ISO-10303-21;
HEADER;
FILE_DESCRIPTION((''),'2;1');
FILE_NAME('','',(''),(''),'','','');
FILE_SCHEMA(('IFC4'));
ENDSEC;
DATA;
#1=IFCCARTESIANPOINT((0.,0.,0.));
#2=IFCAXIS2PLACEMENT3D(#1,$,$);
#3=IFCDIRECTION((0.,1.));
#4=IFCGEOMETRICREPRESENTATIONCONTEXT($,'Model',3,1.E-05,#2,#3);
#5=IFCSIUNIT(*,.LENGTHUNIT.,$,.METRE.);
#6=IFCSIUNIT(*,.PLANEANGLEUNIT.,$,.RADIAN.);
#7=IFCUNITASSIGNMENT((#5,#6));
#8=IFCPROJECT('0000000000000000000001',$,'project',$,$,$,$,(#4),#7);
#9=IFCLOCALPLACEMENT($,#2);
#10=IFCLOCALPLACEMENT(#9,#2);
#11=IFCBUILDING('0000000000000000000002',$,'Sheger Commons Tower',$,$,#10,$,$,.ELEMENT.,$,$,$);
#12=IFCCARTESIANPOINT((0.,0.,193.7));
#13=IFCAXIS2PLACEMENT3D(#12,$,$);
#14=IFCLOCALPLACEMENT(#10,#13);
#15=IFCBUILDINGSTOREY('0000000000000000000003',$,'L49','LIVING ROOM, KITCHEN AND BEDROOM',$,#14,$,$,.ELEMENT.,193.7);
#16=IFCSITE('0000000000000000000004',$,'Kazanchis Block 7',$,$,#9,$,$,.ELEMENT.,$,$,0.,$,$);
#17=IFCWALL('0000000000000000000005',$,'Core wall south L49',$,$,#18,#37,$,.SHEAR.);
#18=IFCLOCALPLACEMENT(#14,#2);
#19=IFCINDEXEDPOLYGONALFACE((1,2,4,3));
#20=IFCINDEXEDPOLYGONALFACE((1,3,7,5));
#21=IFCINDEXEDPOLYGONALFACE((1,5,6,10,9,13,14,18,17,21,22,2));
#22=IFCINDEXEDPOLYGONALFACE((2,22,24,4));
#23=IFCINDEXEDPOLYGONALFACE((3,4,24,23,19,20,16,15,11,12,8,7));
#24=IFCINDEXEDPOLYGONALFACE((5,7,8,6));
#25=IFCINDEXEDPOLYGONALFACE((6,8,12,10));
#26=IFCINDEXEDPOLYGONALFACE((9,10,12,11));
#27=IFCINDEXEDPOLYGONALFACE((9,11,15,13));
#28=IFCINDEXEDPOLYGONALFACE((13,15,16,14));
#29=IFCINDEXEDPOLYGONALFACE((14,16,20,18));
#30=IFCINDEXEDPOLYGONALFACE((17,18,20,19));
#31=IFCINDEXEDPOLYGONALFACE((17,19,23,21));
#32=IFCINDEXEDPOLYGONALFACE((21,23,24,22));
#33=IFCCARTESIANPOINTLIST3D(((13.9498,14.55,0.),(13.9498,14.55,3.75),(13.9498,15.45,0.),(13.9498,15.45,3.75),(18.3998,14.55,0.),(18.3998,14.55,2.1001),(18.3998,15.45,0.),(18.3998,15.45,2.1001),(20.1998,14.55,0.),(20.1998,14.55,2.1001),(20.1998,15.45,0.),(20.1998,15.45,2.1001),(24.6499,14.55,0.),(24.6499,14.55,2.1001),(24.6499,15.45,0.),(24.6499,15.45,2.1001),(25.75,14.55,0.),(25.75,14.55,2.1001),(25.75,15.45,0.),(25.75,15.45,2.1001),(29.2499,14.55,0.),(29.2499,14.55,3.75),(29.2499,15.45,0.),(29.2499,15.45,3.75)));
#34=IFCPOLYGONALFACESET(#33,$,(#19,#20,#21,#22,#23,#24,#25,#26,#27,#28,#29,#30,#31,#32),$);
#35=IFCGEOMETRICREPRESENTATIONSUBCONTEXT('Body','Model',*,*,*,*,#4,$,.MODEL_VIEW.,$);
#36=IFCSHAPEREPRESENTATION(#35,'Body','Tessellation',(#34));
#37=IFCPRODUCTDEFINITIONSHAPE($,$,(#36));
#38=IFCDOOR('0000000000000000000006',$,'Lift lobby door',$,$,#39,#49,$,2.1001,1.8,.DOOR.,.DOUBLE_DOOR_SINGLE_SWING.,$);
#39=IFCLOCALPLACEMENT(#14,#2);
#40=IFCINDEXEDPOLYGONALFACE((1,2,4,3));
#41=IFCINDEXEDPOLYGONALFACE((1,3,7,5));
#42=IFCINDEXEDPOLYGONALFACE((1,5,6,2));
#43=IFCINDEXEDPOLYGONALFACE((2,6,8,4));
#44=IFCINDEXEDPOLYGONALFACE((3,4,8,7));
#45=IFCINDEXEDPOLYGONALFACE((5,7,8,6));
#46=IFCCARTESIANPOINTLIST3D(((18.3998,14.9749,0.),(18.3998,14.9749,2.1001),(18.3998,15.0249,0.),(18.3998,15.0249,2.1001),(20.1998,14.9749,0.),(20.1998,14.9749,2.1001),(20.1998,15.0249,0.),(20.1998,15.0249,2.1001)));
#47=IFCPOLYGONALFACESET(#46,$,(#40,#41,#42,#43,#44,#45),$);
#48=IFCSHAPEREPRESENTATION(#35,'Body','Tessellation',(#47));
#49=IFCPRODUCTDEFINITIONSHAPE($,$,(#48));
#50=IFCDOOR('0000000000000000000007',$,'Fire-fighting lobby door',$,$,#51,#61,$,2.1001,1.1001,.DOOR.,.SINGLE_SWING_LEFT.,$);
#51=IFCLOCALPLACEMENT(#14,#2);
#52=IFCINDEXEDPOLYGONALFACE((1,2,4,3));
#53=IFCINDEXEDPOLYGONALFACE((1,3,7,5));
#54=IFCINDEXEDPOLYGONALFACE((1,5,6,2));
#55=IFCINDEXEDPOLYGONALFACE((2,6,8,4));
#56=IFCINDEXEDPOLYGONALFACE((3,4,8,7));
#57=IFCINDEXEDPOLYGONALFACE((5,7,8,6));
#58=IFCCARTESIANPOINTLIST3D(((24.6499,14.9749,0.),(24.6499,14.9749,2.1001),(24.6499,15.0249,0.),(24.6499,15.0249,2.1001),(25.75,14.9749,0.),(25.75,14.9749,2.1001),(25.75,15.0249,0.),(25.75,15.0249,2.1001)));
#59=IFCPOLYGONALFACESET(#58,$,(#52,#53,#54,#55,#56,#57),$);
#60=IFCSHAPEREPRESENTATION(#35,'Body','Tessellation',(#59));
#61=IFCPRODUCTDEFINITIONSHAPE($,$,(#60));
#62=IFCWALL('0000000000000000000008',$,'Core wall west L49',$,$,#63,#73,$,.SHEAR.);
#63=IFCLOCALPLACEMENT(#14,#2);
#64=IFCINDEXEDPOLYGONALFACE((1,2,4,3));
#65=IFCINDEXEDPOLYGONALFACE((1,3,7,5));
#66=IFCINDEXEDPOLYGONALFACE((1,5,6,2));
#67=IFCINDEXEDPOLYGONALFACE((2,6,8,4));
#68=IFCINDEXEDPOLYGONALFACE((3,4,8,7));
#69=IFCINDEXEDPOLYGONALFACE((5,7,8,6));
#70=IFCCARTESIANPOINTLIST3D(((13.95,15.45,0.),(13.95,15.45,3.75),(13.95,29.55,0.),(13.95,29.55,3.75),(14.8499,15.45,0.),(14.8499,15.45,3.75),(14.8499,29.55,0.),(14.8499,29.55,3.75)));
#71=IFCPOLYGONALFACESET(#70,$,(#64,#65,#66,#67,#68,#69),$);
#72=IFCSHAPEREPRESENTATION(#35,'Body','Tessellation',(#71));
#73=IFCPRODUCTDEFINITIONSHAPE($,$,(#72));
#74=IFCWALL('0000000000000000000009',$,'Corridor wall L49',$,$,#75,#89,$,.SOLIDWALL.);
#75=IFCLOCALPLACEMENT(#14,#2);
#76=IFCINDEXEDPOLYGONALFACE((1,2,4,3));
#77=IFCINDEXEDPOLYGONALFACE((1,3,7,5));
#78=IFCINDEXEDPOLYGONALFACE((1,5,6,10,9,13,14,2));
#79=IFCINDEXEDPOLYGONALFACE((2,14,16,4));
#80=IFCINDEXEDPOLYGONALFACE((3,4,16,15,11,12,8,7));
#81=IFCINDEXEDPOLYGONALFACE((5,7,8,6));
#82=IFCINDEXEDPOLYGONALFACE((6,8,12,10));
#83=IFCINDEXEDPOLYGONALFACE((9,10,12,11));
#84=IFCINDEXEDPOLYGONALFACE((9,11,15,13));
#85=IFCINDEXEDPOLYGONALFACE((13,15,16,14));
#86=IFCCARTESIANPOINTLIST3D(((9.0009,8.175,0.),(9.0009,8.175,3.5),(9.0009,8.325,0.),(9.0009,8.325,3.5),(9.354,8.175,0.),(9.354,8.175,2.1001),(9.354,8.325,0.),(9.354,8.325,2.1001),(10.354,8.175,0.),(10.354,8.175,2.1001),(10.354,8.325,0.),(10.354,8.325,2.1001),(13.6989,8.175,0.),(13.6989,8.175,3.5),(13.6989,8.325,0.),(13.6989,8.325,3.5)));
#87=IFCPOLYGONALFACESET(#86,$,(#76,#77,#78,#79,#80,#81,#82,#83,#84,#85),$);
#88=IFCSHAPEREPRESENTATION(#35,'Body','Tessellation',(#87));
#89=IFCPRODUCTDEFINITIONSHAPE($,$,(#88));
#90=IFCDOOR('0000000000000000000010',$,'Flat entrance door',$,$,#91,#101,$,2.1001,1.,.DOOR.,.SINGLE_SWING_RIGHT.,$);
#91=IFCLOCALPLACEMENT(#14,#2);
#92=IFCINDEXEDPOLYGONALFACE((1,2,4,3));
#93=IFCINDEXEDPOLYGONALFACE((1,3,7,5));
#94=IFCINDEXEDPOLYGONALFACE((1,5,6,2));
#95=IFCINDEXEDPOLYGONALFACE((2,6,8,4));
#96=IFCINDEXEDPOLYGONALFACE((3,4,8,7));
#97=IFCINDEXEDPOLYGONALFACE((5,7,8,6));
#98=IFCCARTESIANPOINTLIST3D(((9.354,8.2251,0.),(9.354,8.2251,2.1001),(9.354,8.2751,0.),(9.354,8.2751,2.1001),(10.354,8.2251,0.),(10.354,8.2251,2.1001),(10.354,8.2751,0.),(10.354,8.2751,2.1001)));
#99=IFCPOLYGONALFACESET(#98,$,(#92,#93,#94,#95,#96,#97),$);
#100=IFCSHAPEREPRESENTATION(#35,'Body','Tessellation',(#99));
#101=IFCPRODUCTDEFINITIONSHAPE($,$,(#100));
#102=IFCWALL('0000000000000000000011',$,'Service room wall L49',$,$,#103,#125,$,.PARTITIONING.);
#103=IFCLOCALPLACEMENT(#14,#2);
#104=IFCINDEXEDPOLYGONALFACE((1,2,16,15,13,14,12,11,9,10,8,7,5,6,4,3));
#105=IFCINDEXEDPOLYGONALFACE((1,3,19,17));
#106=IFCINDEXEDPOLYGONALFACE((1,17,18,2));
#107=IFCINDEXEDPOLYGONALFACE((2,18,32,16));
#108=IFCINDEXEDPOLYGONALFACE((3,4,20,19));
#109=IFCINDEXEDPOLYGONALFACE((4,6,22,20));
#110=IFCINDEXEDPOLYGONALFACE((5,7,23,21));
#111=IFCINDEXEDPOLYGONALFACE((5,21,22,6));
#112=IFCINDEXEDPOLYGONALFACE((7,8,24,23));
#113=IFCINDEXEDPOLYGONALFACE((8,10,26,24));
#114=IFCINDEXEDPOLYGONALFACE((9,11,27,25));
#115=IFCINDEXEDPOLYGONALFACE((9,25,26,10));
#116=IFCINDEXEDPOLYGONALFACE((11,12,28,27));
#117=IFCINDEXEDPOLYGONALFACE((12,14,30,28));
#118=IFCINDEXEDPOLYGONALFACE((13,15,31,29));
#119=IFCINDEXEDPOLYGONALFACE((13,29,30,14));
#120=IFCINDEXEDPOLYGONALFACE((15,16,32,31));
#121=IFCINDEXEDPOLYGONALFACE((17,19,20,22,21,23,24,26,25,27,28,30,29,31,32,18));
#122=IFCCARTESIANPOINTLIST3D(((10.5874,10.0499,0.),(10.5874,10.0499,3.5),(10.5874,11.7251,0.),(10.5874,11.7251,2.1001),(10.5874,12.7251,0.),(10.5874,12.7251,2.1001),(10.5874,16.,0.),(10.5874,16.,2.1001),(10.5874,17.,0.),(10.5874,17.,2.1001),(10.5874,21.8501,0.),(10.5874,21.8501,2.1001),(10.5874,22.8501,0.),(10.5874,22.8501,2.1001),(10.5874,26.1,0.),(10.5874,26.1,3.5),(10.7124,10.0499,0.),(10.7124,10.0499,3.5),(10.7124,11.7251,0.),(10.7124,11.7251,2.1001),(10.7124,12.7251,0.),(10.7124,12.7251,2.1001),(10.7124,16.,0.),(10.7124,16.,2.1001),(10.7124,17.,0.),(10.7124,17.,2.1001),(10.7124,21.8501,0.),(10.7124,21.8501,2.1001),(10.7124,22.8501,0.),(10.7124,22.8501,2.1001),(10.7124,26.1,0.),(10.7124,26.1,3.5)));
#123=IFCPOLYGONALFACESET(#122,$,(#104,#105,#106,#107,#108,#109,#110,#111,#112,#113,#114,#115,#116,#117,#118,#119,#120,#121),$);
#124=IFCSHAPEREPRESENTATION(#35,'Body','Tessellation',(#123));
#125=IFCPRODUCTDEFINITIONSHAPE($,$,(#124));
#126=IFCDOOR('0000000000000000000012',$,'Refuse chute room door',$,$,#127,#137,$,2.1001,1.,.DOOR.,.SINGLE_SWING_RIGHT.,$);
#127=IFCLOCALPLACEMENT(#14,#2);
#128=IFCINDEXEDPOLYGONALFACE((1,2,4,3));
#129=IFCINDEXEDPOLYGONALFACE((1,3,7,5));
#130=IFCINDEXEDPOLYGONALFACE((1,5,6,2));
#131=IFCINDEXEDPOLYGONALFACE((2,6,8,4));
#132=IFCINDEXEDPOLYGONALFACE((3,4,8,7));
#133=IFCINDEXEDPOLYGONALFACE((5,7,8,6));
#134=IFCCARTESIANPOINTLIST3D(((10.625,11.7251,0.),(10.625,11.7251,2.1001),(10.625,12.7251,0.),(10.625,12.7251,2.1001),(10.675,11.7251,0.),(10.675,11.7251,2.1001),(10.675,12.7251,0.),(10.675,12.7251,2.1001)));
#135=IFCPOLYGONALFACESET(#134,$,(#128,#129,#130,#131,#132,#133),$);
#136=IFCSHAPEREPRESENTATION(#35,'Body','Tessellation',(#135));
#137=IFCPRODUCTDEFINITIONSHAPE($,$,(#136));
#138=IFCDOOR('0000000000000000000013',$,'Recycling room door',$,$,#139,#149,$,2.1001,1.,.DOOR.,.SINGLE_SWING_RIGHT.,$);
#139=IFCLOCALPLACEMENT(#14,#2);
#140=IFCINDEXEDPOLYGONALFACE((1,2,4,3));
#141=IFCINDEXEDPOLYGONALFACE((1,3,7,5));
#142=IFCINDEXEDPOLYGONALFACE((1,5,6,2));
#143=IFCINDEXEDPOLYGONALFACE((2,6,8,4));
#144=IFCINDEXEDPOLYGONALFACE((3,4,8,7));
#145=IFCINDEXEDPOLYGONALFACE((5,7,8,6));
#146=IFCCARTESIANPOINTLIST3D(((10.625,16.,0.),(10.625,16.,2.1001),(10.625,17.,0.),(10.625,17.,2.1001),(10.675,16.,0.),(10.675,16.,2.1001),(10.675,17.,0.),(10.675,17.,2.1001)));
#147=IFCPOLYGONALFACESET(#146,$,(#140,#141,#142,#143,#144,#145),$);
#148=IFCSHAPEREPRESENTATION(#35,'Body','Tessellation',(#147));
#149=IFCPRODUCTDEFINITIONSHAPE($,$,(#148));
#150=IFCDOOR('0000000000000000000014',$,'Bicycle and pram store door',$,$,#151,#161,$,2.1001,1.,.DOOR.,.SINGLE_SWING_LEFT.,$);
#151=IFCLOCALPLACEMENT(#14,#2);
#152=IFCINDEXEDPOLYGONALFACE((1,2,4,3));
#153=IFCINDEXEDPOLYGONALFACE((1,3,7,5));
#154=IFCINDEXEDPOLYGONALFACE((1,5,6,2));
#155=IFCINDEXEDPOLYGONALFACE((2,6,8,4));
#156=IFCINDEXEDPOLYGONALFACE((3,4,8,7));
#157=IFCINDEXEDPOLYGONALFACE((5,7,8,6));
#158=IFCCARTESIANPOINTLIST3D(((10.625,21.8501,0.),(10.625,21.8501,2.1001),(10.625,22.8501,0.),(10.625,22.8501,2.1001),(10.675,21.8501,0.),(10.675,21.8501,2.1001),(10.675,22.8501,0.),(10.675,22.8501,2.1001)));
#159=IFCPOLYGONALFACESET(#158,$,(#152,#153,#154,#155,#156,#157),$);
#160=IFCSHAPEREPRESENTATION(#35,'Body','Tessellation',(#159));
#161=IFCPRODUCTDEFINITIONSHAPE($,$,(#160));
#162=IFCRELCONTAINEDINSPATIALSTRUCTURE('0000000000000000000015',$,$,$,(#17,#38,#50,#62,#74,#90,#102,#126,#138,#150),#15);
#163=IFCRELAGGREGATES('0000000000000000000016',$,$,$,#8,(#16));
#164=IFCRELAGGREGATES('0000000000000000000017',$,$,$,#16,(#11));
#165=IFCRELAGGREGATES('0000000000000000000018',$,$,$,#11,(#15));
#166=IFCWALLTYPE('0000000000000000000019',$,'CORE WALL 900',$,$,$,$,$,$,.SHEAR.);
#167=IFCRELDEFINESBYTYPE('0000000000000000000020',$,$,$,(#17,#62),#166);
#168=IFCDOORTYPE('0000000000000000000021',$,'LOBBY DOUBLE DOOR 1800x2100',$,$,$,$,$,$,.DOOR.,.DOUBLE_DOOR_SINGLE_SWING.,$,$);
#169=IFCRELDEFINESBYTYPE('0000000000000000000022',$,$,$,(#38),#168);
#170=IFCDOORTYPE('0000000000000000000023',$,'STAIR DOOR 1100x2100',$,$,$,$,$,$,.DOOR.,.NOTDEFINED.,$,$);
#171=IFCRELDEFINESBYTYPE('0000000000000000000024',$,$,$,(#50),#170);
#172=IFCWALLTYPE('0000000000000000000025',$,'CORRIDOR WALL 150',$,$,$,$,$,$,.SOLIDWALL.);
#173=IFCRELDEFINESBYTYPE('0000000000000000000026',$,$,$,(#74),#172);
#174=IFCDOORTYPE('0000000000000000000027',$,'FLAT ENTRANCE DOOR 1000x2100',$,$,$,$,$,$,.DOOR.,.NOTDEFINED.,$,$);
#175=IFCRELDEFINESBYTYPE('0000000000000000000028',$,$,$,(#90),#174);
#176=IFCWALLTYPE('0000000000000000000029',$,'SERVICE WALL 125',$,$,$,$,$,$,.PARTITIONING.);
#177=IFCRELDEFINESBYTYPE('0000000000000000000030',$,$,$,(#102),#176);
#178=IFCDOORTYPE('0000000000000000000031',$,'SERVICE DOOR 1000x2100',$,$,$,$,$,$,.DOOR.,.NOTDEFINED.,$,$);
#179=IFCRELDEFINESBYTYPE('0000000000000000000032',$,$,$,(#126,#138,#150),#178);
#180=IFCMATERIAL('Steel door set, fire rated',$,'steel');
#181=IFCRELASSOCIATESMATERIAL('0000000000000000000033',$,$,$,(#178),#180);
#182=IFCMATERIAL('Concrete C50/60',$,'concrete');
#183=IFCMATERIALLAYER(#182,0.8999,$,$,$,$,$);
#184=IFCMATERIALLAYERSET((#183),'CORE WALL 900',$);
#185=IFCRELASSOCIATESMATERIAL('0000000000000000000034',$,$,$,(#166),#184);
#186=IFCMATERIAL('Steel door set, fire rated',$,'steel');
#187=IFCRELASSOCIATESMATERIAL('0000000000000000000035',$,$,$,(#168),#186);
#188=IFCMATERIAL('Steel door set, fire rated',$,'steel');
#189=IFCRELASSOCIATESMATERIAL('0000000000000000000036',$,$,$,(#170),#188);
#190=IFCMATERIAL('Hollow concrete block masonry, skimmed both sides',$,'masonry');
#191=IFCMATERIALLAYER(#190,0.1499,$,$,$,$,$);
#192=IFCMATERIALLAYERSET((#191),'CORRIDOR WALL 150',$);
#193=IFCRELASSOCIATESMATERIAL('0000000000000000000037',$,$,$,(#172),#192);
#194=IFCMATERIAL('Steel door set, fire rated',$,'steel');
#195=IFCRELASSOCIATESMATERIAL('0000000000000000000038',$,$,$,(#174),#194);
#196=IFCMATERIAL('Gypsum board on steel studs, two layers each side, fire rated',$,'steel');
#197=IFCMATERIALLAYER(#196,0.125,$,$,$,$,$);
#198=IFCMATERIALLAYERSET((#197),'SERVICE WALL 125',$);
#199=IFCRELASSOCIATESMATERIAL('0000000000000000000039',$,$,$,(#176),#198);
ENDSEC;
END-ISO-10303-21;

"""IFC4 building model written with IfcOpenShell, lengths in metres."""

from ifc_helpers import new_model, si_unit, direction, frame, frame_2d, origin, place, context, subcontext, project, spatial, rectangle, extrude, material, layer, layer_set, type_object, element, fill, save


model = new_model("IFC4")

# Units and contexts
model_context = context("Model", 3, precision=1e-05, world=origin(), true_north=direction((0.0, 1.0)))
body_context = subcontext(model_context, "Body", "Model", "MODEL_VIEW")
ifc_project = project(units=[si_unit("LENGTHUNIT", "METRE"), si_unit("PLANEANGLEUNIT", "RADIAN")], contexts=[model_context])

# Site, building, storey
site_placement = place(None, origin())
site = spatial("IfcSite", under=ifc_project, at=site_placement, Name="Kazanchis Block 7", CompositionType="ELEMENT", RefElevation=0.0)
building_placement = place(site_placement, origin())
building = spatial("IfcBuilding", under=site, at=building_placement, Name="Sheger Commons Tower", CompositionType="ELEMENT")
storey_placement = place(building_placement, frame((0.0, 0.0, 193.7)))
storey = spatial("IfcBuildingStorey", under=building, at=storey_placement, Name="L49", Description="LIVING ROOM, KITCHEN AND BEDROOM", CompositionType="ELEMENT", Elevation=193.7)

# Wall, openings, doors
ifc_material_1 = material(Name="Steel door set, fire rated", Category="steel")
door_type_1 = type_object("IfcDoorType", Name="SERVICE DOOR 1000x2100", OperationType="NOTDEFINED", PredefinedType="DOOR", material=ifc_material_1)
ifc_material_2 = material(Name="Concrete C50/60", Category="concrete")
ifc_layer_1 = layer(ifc_material_2, 0.8999)
ifc_layer_set_1 = layer_set([ifc_layer_1], Name="CORE WALL 900")
wall_type_1 = type_object("IfcWallType", Name="CORE WALL 900", PredefinedType="SHEAR", material=ifc_layer_set_1)
wall_1_placement = place(storey_placement, frame((13.95, 15.0, 0.0), z_axis=(0.0, 0.0, 1.0), x_axis=(1.0, 0.0, 0.0)))
wall_1 = element("IfcWall", 1, at=wall_1_placement, inside=storey, type_object=wall_type_1, Name="Core wall south L49", PredefinedType="SHEAR", context=body_context, shape_type="SweptSolid", body=[
    extrude(rectangle(XDim=15.3, YDim=0.8999, at=frame_2d((7.6499, 0.0))), origin(), (0.0, 0.0, 1.0), 3.75),
])
opening_1_placement = place(wall_1_placement, frame((4.45, 0.0, 0.0)))
opening_1 = element("IfcOpeningElement", 2, at=opening_1_placement, cuts=wall_1, PredefinedType="OPENING", context=body_context, shape_type="SweptSolid", body=[
    extrude(rectangle(XDim=1.8, YDim=2.1001, at=frame_2d((0.8999, 1.05))), frame((0.0, 0.46, 0.0), z_axis=(0.0, -1.0, 0.0), x_axis=(1.0, 0.0, 0.0)), (0.0, 0.0, 1.0), 0.9199),
])
opening_2_placement = place(wall_1_placement, frame((10.7, 0.0, 0.0)))
opening_2 = element("IfcOpeningElement", 3, at=opening_2_placement, cuts=wall_1, PredefinedType="OPENING", context=body_context, shape_type="SweptSolid", body=[
    extrude(rectangle(XDim=1.1001, YDim=2.1001, at=frame_2d((0.55, 1.05))), frame((0.0, 0.46, 0.0), z_axis=(0.0, -1.0, 0.0), x_axis=(1.0, 0.0, 0.0)), (0.0, 0.0, 1.0), 0.9199),
])
ifc_material_3 = material(Name="Steel door set, fire rated", Category="steel")
door_type_2 = type_object("IfcDoorType", Name="LOBBY DOUBLE DOOR 1800x2100", OperationType="DOUBLE_DOOR_SINGLE_SWING", PredefinedType="DOOR", material=ifc_material_3)
door_1_placement = place(opening_1_placement, origin())
door_1 = element("IfcDoor", 4, at=door_1_placement, inside=storey, type_object=door_type_2, Name="Lift lobby door", OperationType="DOUBLE_DOOR_SINGLE_SWING", OverallHeight=2.1001, OverallWidth=1.8, PredefinedType="DOOR", context=body_context, shape_type="SweptSolid", body=[
    extrude(rectangle(XDim=1.8, YDim=2.1001, at=frame_2d((0.8999, 1.05))), frame((0.0, 0.0249, 0.0), z_axis=(0.0, -1.0, 0.0), x_axis=(1.0, 0.0, 0.0)), (0.0, 0.0, 1.0), 0.05),
])
fill(opening_1, door_1)
ifc_material_4 = material(Name="Steel door set, fire rated", Category="steel")
door_type_3 = type_object("IfcDoorType", Name="STAIR DOOR 1100x2100", OperationType="NOTDEFINED", PredefinedType="DOOR", material=ifc_material_4)
door_2_placement = place(opening_2_placement, origin())
door_2 = element("IfcDoor", 5, at=door_2_placement, inside=storey, type_object=door_type_3, Name="Fire-fighting lobby door", OperationType="SINGLE_SWING_LEFT", OverallHeight=2.1001, OverallWidth=1.1001, PredefinedType="DOOR", context=body_context, shape_type="SweptSolid", body=[
    extrude(rectangle(XDim=1.1001, YDim=2.1001, at=frame_2d((0.55, 1.05))), frame((0.0, 0.0249, 0.0), z_axis=(0.0, -1.0, 0.0), x_axis=(1.0, 0.0, 0.0)), (0.0, 0.0, 1.0), 0.05),
])
fill(opening_2, door_2)

# Wall
wall_2_placement = place(storey_placement, frame((14.3999, 15.45, 0.0), z_axis=(0.0, 0.0, 1.0), x_axis=(0.0, 1.0, 0.0)))
element("IfcWall", 6, at=wall_2_placement, inside=storey, type_object=wall_type_1, Name="Core wall west L49", PredefinedType="SHEAR", context=body_context, shape_type="SweptSolid", body=[
    extrude(rectangle(XDim=14.1001, YDim=0.8999, at=frame_2d((7.05, 0.0))), origin(), (0.0, 0.0, 1.0), 3.75),
])

# Wall, opening, door
ifc_material_5 = material(Name="Hollow concrete block masonry, skimmed both sides", Category="masonry")
ifc_layer_2 = layer(ifc_material_5, 0.1499)
ifc_layer_set_2 = layer_set([ifc_layer_2], Name="CORRIDOR WALL 150")
wall_type_2 = type_object("IfcWallType", Name="CORRIDOR WALL 150", PredefinedType="SOLIDWALL", material=ifc_layer_set_2)
wall_3_placement = place(storey_placement, frame((13.699, 8.25, 0.0), z_axis=(0.0, 0.0, 1.0), x_axis=(-1.0, 0.0, 0.0)))
wall_3 = element("IfcWall", 7, at=wall_3_placement, inside=storey, type_object=wall_type_2, Name="Corridor wall L49", PredefinedType="SOLIDWALL", context=body_context, shape_type="SweptSolid", body=[
    extrude(rectangle(XDim=4.698, YDim=0.1499, at=frame_2d((2.3491, 0.0))), origin(), (0.0, 0.0, 1.0), 3.5),
])
opening_3_placement = place(wall_3_placement, frame((3.345, 0.0, 0.0)))
opening_3 = element("IfcOpeningElement", 8, at=opening_3_placement, cuts=wall_3, PredefinedType="OPENING", context=body_context, shape_type="SweptSolid", body=[
    extrude(rectangle(XDim=1.0, YDim=2.1001, at=frame_2d((0.5, 1.05))), frame((0.0, 0.085, 0.0), z_axis=(0.0, -1.0, 0.0), x_axis=(1.0, 0.0, 0.0)), (0.0, 0.0, 1.0), 0.1699),
])
ifc_material_6 = material(Name="Steel door set, fire rated", Category="steel")
door_type_4 = type_object("IfcDoorType", Name="FLAT ENTRANCE DOOR 1000x2100", OperationType="NOTDEFINED", PredefinedType="DOOR", material=ifc_material_6)
door_3_placement = place(opening_3_placement, origin())
door_3 = element("IfcDoor", 9, at=door_3_placement, inside=storey, type_object=door_type_4, Name="Flat entrance door", OperationType="SINGLE_SWING_RIGHT", OverallHeight=2.1001, OverallWidth=1.0, PredefinedType="DOOR", context=body_context, shape_type="SweptSolid", body=[
    extrude(rectangle(XDim=1.0, YDim=2.1001, at=frame_2d((0.5, 1.05))), frame((0.0, 0.0249, 0.0), z_axis=(0.0, -1.0, 0.0), x_axis=(1.0, 0.0, 0.0)), (0.0, 0.0, 1.0), 0.05),
])
fill(opening_3, door_3)

# Wall, openings, doors
ifc_material_7 = material(Name="Gypsum board on steel studs, two layers each side, fire rated", Category="steel")
ifc_layer_3 = layer(ifc_material_7, 0.125)
ifc_layer_set_3 = layer_set([ifc_layer_3], Name="SERVICE WALL 125")
wall_type_3 = type_object("IfcWallType", Name="SERVICE WALL 125", PredefinedType="PARTITIONING", material=ifc_layer_set_3)
wall_4_placement = place(storey_placement, frame((10.6499, 10.05, 0.0), z_axis=(0.0, 0.0, 1.0), x_axis=(0.0, 1.0, 0.0)))
wall_4 = element("IfcWall", 10, at=wall_4_placement, inside=storey, type_object=wall_type_3, Name="Service room wall L49", PredefinedType="PARTITIONING", context=body_context, shape_type="SweptSolid", body=[
    extrude(rectangle(XDim=16.05, YDim=0.125, at=frame_2d((8.0249, 0.0))), origin(), (0.0, 0.0, 1.0), 3.5),
])
opening_4_placement = place(wall_4_placement, frame((1.675, 0.0, 0.0)))
opening_4 = element("IfcOpeningElement", 11, at=opening_4_placement, cuts=wall_4, PredefinedType="OPENING", context=body_context, shape_type="SweptSolid", body=[
    extrude(rectangle(XDim=1.0, YDim=2.1001, at=frame_2d((0.5, 1.05))), frame((0.0, 0.0725, 0.0), z_axis=(0.0, -1.0, 0.0), x_axis=(1.0, 0.0, 0.0)), (0.0, 0.0, 1.0), 0.145),
])
opening_5_placement = place(wall_4_placement, frame((5.95, 0.0, 0.0)))
opening_5 = element("IfcOpeningElement", 12, at=opening_5_placement, cuts=wall_4, PredefinedType="OPENING", context=body_context, shape_type="SweptSolid", body=[
    extrude(rectangle(XDim=1.0, YDim=2.1001, at=frame_2d((0.5, 1.05))), frame((0.0, 0.0725, 0.0), z_axis=(0.0, -1.0, 0.0), x_axis=(1.0, 0.0, 0.0)), (0.0, 0.0, 1.0), 0.145),
])
opening_6_placement = place(wall_4_placement, frame((11.8, 0.0, 0.0)))
opening_6 = element("IfcOpeningElement", 13, at=opening_6_placement, cuts=wall_4, PredefinedType="OPENING", context=body_context, shape_type="SweptSolid", body=[
    extrude(rectangle(XDim=1.0, YDim=2.1001, at=frame_2d((0.5, 1.05))), frame((0.0, 0.0725, 0.0), z_axis=(0.0, -1.0, 0.0), x_axis=(1.0, 0.0, 0.0)), (0.0, 0.0, 1.0), 0.145),
])
door_4_placement = place(opening_4_placement, origin())
door_4 = element("IfcDoor", 14, at=door_4_placement, inside=storey, type_object=door_type_1, Name="Refuse chute room door", OperationType="SINGLE_SWING_RIGHT", OverallHeight=2.1001, OverallWidth=1.0, PredefinedType="DOOR", context=body_context, shape_type="SweptSolid", body=[
    extrude(rectangle(XDim=1.0, YDim=2.1001, at=frame_2d((0.5, 1.05))), frame((0.0, 0.0249, 0.0), z_axis=(0.0, -1.0, 0.0), x_axis=(1.0, 0.0, 0.0)), (0.0, 0.0, 1.0), 0.05),
])
fill(opening_4, door_4)
door_5_placement = place(opening_5_placement, origin())
door_5 = element("IfcDoor", 15, at=door_5_placement, inside=storey, type_object=door_type_1, Name="Recycling room door", OperationType="SINGLE_SWING_RIGHT", OverallHeight=2.1001, OverallWidth=1.0, PredefinedType="DOOR", context=body_context, shape_type="SweptSolid", body=[
    extrude(rectangle(XDim=1.0, YDim=2.1001, at=frame_2d((0.5, 1.05))), frame((0.0, 0.0249, 0.0), z_axis=(0.0, -1.0, 0.0), x_axis=(1.0, 0.0, 0.0)), (0.0, 0.0, 1.0), 0.05),
])
fill(opening_5, door_5)
door_6_placement = place(opening_6_placement, origin())
door_6 = element("IfcDoor", 16, at=door_6_placement, inside=storey, type_object=door_type_1, Name="Bicycle and pram store door", OperationType="SINGLE_SWING_LEFT", OverallHeight=2.1001, OverallWidth=1.0, PredefinedType="DOOR", context=body_context, shape_type="SweptSolid", body=[
    extrude(rectangle(XDim=1.0, YDim=2.1001, at=frame_2d((0.5, 1.05))), frame((0.0, 0.0249, 0.0), z_axis=(0.0, -1.0, 0.0), x_axis=(1.0, 0.0, 0.0)), (0.0, 0.0, 1.0), 0.05),
])
fill(opening_6, door_6)

save(model, "model.ifc")
